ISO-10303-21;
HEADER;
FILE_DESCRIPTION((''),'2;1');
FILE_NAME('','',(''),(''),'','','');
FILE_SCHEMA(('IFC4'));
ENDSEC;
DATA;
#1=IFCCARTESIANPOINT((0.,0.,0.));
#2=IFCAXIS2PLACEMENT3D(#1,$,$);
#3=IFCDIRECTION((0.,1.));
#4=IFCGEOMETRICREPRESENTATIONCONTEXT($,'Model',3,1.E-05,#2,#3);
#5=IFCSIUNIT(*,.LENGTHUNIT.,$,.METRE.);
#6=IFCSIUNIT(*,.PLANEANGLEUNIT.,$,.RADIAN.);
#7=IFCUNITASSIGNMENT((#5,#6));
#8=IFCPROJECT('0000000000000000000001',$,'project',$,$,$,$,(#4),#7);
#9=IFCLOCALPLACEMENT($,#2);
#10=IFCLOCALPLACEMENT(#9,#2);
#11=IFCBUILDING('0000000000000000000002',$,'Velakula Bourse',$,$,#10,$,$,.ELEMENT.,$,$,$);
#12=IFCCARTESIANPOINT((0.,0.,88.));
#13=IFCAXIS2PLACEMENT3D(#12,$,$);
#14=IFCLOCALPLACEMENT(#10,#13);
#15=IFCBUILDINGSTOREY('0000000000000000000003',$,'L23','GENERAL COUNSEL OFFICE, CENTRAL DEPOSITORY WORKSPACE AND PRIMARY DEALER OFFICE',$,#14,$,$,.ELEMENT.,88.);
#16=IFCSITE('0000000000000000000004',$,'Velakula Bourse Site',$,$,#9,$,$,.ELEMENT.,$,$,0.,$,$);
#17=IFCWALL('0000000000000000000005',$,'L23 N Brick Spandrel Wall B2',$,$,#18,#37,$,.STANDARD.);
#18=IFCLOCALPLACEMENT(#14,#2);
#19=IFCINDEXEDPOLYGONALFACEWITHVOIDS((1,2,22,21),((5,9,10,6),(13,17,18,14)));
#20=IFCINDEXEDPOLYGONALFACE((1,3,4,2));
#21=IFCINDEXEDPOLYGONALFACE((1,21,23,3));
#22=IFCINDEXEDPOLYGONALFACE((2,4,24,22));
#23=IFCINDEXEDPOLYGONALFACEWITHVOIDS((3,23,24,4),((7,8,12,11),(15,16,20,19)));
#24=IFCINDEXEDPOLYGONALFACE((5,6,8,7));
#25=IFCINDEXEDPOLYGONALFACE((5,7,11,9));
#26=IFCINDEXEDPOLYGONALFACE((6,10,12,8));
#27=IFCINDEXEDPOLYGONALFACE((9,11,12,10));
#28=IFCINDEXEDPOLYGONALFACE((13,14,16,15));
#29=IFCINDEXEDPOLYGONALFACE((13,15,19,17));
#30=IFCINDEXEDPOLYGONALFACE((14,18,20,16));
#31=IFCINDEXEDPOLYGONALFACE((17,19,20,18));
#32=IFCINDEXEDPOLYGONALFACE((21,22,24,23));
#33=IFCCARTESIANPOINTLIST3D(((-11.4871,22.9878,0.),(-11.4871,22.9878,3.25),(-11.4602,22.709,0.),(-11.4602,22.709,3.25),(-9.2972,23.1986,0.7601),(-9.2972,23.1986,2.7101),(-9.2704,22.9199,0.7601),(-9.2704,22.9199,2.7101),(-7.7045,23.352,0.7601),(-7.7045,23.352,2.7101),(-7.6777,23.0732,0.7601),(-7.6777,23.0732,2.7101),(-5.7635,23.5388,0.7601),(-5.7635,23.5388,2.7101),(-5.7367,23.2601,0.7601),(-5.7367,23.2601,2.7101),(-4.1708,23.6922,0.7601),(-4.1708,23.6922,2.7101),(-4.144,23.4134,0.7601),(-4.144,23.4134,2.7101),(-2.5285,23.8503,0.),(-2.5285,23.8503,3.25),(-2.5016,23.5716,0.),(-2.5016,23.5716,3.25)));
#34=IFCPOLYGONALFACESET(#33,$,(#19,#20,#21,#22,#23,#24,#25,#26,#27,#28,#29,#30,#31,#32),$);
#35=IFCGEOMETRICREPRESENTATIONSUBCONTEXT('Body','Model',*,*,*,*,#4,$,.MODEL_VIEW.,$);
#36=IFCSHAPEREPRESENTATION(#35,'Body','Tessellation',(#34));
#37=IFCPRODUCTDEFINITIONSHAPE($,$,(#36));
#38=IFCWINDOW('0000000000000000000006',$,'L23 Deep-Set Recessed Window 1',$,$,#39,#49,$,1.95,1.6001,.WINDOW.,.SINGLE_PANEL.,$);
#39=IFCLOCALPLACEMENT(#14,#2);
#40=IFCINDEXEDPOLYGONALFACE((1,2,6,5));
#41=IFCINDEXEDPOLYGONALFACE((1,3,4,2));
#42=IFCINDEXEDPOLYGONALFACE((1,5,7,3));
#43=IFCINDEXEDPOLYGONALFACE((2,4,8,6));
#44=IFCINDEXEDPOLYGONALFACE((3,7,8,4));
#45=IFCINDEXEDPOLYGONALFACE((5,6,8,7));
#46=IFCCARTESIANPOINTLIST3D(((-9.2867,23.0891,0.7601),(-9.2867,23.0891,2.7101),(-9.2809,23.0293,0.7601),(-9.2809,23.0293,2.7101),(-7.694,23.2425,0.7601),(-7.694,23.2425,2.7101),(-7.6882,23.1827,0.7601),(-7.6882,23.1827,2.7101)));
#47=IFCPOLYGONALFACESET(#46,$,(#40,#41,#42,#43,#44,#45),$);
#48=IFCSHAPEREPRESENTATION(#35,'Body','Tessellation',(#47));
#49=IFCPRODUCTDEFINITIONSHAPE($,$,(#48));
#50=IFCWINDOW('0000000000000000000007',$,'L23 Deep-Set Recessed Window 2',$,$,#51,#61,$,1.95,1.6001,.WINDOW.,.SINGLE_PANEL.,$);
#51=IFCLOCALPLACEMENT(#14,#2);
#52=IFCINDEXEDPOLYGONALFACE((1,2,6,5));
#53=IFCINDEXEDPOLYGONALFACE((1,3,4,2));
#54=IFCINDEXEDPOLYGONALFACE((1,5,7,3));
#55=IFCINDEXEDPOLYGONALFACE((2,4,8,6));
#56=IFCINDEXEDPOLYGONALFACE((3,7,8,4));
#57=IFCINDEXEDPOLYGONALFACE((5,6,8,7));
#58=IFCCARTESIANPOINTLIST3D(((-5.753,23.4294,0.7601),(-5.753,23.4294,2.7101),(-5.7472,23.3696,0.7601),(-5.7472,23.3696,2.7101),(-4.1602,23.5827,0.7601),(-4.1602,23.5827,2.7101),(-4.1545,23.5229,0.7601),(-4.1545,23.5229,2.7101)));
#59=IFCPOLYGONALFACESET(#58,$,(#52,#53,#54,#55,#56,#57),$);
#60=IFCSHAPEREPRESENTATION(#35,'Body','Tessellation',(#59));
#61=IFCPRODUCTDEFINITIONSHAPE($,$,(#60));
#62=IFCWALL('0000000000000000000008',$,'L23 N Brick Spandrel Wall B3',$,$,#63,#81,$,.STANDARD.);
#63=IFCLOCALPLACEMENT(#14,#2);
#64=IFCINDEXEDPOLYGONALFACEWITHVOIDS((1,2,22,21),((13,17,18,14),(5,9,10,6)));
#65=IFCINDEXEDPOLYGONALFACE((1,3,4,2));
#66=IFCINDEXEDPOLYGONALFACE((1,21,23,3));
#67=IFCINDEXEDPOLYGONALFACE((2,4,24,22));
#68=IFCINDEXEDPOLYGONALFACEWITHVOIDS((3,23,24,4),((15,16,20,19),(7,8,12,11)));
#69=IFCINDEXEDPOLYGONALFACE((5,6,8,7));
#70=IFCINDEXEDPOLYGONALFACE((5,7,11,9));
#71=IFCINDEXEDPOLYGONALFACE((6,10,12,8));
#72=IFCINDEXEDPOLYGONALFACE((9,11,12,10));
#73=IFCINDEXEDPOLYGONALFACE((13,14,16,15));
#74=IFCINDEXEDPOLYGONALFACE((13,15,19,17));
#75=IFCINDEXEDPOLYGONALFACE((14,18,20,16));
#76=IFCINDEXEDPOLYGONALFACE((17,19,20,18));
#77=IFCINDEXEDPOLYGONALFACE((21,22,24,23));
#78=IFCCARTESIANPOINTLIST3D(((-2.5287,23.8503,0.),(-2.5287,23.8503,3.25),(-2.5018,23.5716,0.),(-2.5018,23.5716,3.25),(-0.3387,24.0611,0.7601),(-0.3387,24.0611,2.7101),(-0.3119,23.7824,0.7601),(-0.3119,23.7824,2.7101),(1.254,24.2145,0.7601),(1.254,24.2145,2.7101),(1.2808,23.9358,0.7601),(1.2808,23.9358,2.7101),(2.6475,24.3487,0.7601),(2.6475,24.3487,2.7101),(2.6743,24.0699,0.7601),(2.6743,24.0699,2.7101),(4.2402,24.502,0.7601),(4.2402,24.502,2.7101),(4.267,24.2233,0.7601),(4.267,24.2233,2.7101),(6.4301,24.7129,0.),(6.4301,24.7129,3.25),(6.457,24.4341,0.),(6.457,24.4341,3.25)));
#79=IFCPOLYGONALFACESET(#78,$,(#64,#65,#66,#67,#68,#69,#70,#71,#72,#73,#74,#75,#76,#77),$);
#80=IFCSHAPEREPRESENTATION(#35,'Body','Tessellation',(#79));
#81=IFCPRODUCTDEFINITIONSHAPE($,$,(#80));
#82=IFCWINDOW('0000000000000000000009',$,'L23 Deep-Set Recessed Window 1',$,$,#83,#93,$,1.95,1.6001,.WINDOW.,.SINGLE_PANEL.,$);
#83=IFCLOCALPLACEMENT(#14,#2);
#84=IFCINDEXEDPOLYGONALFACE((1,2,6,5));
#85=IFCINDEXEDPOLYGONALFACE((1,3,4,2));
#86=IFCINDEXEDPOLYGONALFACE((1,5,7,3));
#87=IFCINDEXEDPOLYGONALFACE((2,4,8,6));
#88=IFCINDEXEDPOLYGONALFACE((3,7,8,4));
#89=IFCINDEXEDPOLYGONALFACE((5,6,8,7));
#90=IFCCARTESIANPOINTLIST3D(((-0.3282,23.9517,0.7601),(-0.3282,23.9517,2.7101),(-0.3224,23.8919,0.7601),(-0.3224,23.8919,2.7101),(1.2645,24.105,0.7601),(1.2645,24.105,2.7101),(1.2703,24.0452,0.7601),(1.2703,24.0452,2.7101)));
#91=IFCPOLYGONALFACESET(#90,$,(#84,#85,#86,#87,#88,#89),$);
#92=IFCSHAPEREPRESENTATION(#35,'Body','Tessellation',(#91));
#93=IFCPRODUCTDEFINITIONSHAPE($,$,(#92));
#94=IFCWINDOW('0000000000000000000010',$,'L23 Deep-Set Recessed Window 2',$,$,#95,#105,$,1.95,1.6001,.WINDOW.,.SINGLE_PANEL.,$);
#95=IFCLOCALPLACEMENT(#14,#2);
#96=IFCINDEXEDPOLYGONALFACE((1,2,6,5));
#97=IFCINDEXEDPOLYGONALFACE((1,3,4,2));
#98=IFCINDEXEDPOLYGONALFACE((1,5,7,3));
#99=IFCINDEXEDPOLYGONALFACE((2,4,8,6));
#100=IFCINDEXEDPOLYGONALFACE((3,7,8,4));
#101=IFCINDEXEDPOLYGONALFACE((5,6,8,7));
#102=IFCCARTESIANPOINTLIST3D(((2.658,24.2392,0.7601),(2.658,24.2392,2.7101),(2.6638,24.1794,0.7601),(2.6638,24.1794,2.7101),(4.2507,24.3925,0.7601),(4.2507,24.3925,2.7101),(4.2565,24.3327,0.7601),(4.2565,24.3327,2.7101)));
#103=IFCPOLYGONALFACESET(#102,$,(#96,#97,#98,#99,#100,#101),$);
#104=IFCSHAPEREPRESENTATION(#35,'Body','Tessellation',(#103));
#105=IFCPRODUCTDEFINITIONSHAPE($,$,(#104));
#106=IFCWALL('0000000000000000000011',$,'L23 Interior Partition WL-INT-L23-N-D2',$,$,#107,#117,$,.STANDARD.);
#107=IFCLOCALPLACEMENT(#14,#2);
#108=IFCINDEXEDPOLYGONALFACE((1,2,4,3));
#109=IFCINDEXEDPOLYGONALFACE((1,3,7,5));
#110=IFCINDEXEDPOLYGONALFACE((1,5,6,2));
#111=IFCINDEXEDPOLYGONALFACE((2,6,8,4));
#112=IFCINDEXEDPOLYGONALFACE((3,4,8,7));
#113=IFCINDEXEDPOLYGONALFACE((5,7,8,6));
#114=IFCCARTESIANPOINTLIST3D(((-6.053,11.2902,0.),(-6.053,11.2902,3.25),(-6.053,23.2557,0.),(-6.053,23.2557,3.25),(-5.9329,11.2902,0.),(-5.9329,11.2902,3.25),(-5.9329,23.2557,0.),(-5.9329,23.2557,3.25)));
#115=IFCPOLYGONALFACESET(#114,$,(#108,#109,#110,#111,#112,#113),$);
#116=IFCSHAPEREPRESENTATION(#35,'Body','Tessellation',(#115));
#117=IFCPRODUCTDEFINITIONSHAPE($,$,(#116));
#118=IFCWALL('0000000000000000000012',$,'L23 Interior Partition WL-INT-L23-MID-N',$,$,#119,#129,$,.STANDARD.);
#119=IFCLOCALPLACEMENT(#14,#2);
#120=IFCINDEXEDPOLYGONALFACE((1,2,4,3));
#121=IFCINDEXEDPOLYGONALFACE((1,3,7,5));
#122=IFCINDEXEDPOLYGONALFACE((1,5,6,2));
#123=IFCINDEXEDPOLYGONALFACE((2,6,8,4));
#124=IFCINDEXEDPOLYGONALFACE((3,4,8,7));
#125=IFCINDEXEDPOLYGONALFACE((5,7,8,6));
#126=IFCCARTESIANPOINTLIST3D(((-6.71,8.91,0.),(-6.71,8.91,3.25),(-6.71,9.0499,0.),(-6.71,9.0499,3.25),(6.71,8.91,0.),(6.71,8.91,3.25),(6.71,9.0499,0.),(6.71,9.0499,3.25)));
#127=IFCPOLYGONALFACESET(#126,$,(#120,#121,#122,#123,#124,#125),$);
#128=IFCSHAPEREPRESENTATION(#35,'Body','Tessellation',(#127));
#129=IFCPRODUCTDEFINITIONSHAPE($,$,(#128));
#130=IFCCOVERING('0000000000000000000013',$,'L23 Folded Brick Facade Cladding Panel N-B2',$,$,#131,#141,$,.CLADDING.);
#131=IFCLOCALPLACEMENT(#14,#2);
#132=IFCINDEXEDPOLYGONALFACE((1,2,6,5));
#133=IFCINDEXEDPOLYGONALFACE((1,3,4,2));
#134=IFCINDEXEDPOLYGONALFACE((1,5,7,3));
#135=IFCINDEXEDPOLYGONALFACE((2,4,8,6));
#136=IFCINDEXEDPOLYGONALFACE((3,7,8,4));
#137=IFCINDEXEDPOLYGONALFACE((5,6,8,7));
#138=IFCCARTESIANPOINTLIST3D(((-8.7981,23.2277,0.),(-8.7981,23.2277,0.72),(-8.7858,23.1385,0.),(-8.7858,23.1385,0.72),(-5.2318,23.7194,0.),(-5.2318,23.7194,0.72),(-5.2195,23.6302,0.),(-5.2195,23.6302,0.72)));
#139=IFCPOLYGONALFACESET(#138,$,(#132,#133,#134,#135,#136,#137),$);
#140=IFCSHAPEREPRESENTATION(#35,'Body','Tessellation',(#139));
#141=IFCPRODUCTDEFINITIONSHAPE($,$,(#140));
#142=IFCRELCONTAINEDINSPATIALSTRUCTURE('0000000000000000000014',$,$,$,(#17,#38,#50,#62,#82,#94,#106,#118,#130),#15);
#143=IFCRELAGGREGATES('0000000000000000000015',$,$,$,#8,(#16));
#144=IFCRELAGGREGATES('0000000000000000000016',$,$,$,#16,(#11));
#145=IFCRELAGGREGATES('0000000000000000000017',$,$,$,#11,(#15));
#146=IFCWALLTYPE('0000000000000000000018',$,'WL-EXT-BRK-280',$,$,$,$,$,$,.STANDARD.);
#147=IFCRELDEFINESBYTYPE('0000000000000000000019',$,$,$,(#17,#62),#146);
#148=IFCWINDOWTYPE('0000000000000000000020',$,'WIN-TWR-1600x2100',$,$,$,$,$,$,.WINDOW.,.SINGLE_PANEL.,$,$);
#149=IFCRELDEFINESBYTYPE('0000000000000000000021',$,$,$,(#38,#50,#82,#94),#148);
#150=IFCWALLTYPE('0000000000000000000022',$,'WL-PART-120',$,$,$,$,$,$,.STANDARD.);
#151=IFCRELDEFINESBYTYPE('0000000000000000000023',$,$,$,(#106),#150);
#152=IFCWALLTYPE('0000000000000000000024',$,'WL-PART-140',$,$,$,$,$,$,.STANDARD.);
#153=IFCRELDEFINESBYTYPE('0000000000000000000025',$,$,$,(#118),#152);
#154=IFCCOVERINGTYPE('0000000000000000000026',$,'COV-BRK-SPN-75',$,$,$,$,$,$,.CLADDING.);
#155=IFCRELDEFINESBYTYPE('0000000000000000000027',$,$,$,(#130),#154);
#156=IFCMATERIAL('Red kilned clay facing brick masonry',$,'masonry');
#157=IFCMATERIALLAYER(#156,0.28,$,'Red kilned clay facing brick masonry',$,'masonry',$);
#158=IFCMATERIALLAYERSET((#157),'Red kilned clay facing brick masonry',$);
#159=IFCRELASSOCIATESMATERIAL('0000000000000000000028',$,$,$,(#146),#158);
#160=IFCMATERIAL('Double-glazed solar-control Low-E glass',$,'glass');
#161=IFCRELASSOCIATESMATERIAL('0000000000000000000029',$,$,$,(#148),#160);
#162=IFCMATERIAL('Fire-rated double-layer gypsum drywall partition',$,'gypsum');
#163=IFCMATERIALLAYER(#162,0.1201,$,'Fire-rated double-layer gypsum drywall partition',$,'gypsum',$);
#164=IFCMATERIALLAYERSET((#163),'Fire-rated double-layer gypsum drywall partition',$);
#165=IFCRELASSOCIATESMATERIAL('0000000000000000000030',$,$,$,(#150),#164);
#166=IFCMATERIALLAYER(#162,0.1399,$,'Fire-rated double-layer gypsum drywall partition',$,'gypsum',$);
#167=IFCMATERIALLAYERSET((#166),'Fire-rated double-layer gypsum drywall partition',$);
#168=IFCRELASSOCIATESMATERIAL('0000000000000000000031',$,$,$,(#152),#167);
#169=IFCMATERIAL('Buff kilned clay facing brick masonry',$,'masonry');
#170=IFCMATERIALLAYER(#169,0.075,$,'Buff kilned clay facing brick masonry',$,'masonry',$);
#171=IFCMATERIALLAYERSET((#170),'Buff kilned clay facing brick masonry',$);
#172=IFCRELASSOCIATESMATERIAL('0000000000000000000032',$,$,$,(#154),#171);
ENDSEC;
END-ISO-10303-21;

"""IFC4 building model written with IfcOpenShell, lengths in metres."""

from ifc_helpers import new_model, si_unit, direction, frame, frame_2d, origin, origin_2d, place, context, subcontext, project, spatial, rectangle, extrude, material, layer, layer_set, type_object, element, fill, save


model = new_model("IFC4")

# Units and contexts
model_context = context("Model", 3, precision=1e-05, world=origin(), true_north=direction((0.0, 1.0)))
body_context = subcontext(model_context, "Body", "Model", "MODEL_VIEW")
ifc_project = project(units=[si_unit("LENGTHUNIT", "METRE"), si_unit("PLANEANGLEUNIT", "RADIAN")], contexts=[model_context])

# Site, building, storey
site_placement = place(None, origin())
site = spatial("IfcSite", under=ifc_project, at=site_placement, Name="Velakula Bourse Site", CompositionType="ELEMENT", RefElevation=0.0)
building_placement = place(site_placement, origin())
building = spatial("IfcBuilding", under=site, at=building_placement, Name="Velakula Bourse", CompositionType="ELEMENT")
storey_placement = place(building_placement, frame((0.0, 0.0, 88.0)))
storey = spatial("IfcBuildingStorey", under=building, at=storey_placement, Name="L23", Description="GENERAL COUNSEL OFFICE, CENTRAL DEPOSITORY WORKSPACE AND PRIMARY DEALER OFFICE", CompositionType="ELEMENT", Elevation=88.0)

# Walls, openings, windows
ifc_material_1 = material(Name="Red kilned clay facing brick masonry", Category="masonry")
ifc_layer_1 = layer(ifc_material_1, 0.28, Name="Red kilned clay facing brick masonry", Category="masonry")
ifc_layer_set_1 = layer_set([ifc_layer_1], Name="Red kilned clay facing brick masonry")
wall_type_1 = type_object("IfcWallType", Name="WL-EXT-BRK-280", PredefinedType="STANDARD", material=ifc_layer_set_1)
wall_1_placement = place(storey_placement, frame((-11.4736, 22.8484, 0.0), z_axis=(0.0, 0.0, 1.0), x_axis=(0.995397, 0.09584, 0.0)))
wall_1 = element("IfcWall", 1, at=wall_1_placement, inside=storey, type_object=wall_type_1, Name="L23 N Brick Spandrel Wall B2", PredefinedType="STANDARD", context=body_context, shape_type="SweptSolid", body=[
    extrude(rectangle(XDim=9.0, YDim=0.28, at=frame_2d((4.5, 0.0))), origin(), (0.0, 0.0, 1.0), 3.25),
])
opening_1_placement = place(wall_1_placement, frame((2.2, 0.0, 0.76)))
opening_1 = element("IfcOpeningElement", 2, at=opening_1_placement, cuts=wall_1, PredefinedType="OPENING", context=body_context, shape_type="SweptSolid", body=[
    extrude(rectangle(XDim=1.6001, YDim=1.95, at=frame_2d((0.8, 0.9751))), frame((0.0, 0.1499, 0.0), z_axis=(0.0, -1.0, 0.0), x_axis=(1.0, 0.0, 0.0)), (0.0, 0.0, 1.0), 0.3),
])
opening_2_placement = place(wall_1_placement, frame((5.75, 0.0, 0.76)))
opening_2 = element("IfcOpeningElement", 3, at=opening_2_placement, cuts=wall_1, PredefinedType="OPENING", context=body_context, shape_type="SweptSolid", body=[
    extrude(rectangle(XDim=1.6001, YDim=1.95, at=frame_2d((0.8, 0.9751))), frame((0.0, 0.1499, 0.0), z_axis=(0.0, -1.0, 0.0), x_axis=(1.0, 0.0, 0.0)), (0.0, 0.0, 1.0), 0.3),
])
ifc_material_2 = material(Name="Double-glazed solar-control Low-E glass", Category="glass")
window_type = type_object("IfcWindowType", Name="WIN-TWR-1600x2100", PartitioningType="SINGLE_PANEL", PredefinedType="WINDOW", material=ifc_material_2)
window_1_placement = place(opening_1_placement, origin())
window_1 = element("IfcWindow", 4, at=window_1_placement, inside=storey, type_object=window_type, Name="L23 Deep-Set Recessed Window 1", OverallHeight=1.95, OverallWidth=1.6001, PartitioningType="SINGLE_PANEL", PredefinedType="WINDOW", context=body_context, shape_type="SweptSolid", body=[
    extrude(rectangle(XDim=1.6001, YDim=1.95, at=frame_2d((0.8, 0.9751))), frame((0.0, 0.03, 0.0), z_axis=(0.0, -1.0, 0.0), x_axis=(1.0, 0.0, 0.0)), (0.0, 0.0, 1.0), 0.0601),
])
fill(opening_1, window_1)
window_2_placement = place(opening_2_placement, origin())
window_2 = element("IfcWindow", 5, at=window_2_placement, inside=storey, type_object=window_type, Name="L23 Deep-Set Recessed Window 2", OverallHeight=1.95, OverallWidth=1.6001, PartitioningType="SINGLE_PANEL", PredefinedType="WINDOW", context=body_context, shape_type="SweptSolid", body=[
    extrude(rectangle(XDim=1.6001, YDim=1.95, at=frame_2d((0.8, 0.9751))), frame((0.0, 0.03, 0.0), z_axis=(0.0, -1.0, 0.0), x_axis=(1.0, 0.0, 0.0)), (0.0, 0.0, 1.0), 0.0601),
])
fill(opening_2, window_2)
wall_2_placement = place(storey_placement, frame((-2.5151, 23.7109, 0.0), z_axis=(0.0, 0.0, 1.0), x_axis=(0.995397, 0.095837, 0.0)))
wall_2 = element("IfcWall", 6, at=wall_2_placement, inside=storey, type_object=wall_type_1, Name="L23 N Brick Spandrel Wall B3", PredefinedType="STANDARD", context=body_context, shape_type="SweptSolid", body=[
    extrude(rectangle(XDim=9.0002, YDim=0.28, at=frame_2d((4.5, 0.0))), origin(), (0.0, 0.0, 1.0), 3.25),
])
opening_3_placement = place(wall_2_placement, frame((2.2, 0.0, 0.76)))
opening_3 = element("IfcOpeningElement", 7, at=opening_3_placement, cuts=wall_2, PredefinedType="OPENING", context=body_context, shape_type="SweptSolid", body=[
    extrude(rectangle(XDim=1.6001, YDim=1.95, at=frame_2d((0.8, 0.9751))), frame((0.0, 0.1499, 0.0), z_axis=(0.0, -1.0, 0.0), x_axis=(1.0, 0.0, 0.0)), (0.0, 0.0, 1.0), 0.3),
])
opening_4_placement = place(wall_2_placement, frame((5.2, 0.0, 0.76)))
opening_4 = element("IfcOpeningElement", 8, at=opening_4_placement, cuts=wall_2, PredefinedType="OPENING", context=body_context, shape_type="SweptSolid", body=[
    extrude(rectangle(XDim=1.6001, YDim=1.95, at=frame_2d((0.8, 0.9751))), frame((0.0, 0.1499, 0.0), z_axis=(0.0, -1.0, 0.0), x_axis=(1.0, 0.0, 0.0)), (0.0, 0.0, 1.0), 0.3),
])
window_3_placement = place(opening_3_placement, origin())
window_3 = element("IfcWindow", 9, at=window_3_placement, inside=storey, type_object=window_type, Name="L23 Deep-Set Recessed Window 1", OverallHeight=1.95, OverallWidth=1.6001, PartitioningType="SINGLE_PANEL", PredefinedType="WINDOW", context=body_context, shape_type="SweptSolid", body=[
    extrude(rectangle(XDim=1.6001, YDim=1.95, at=frame_2d((0.8, 0.9751))), frame((0.0, 0.03, 0.0), z_axis=(0.0, -1.0, 0.0), x_axis=(1.0, 0.0, 0.0)), (0.0, 0.0, 1.0), 0.0601),
])
fill(opening_3, window_3)
window_4_placement = place(opening_4_placement, origin())
window_4 = element("IfcWindow", 10, at=window_4_placement, inside=storey, type_object=window_type, Name="L23 Deep-Set Recessed Window 2", OverallHeight=1.95, OverallWidth=1.6001, PartitioningType="SINGLE_PANEL", PredefinedType="WINDOW", context=body_context, shape_type="SweptSolid", body=[
    extrude(rectangle(XDim=1.6001, YDim=1.95, at=frame_2d((0.8, 0.9751))), frame((0.0, 0.03, 0.0), z_axis=(0.0, -1.0, 0.0), x_axis=(1.0, 0.0, 0.0)), (0.0, 0.0, 1.0), 0.0601),
])
fill(opening_4, window_4)

# Walls
ifc_material_3 = material(Name="Fire-rated double-layer gypsum drywall partition", Category="gypsum")
ifc_layer_2 = layer(ifc_material_3, 0.1201, Name="Fire-rated double-layer gypsum drywall partition", Category="gypsum")
ifc_layer_set_2 = layer_set([ifc_layer_2], Name="Fire-rated double-layer gypsum drywall partition")
wall_type_2 = type_object("IfcWallType", Name="WL-PART-120", PredefinedType="STANDARD", material=ifc_layer_set_2)
wall_3_placement = place(storey_placement, frame((-5.9929, 11.29, 0.0), z_axis=(0.0, 0.0, 1.0), x_axis=(0.0, 1.0, 0.0)))
element("IfcWall", 11, at=wall_3_placement, inside=storey, type_object=wall_type_2, Name="L23 Interior Partition WL-INT-L23-N-D2", PredefinedType="STANDARD", context=body_context, shape_type="SweptSolid", body=[
    extrude(rectangle(XDim=11.9656, YDim=0.1201, at=frame_2d((5.9829, 0.0))), origin(), (0.0, 0.0, 1.0), 3.25),
])
ifc_layer_3 = layer(ifc_material_3, 0.1399, Name="Fire-rated double-layer gypsum drywall partition", Category="gypsum")
ifc_layer_set_3 = layer_set([ifc_layer_3], Name="Fire-rated double-layer gypsum drywall partition")
wall_type_3 = type_object("IfcWallType", Name="WL-PART-140", PredefinedType="STANDARD", material=ifc_layer_set_3)
wall_4_placement = place(storey_placement, frame((-6.71, 8.98, 0.0), z_axis=(0.0, 0.0, 1.0), x_axis=(1.0, 0.0, 0.0)))
element("IfcWall", 12, at=wall_4_placement, inside=storey, type_object=wall_type_3, Name="L23 Interior Partition WL-INT-L23-MID-N", PredefinedType="STANDARD", context=body_context, shape_type="SweptSolid", body=[
    extrude(rectangle(XDim=13.4199, YDim=0.1399, at=frame_2d((6.71, 0.0))), origin(), (0.0, 0.0, 1.0), 3.25),
])

# Covering
ifc_material_4 = material(Name="Buff kilned clay facing brick masonry", Category="masonry")
ifc_layer_4 = layer(ifc_material_4, 0.075, Name="Buff kilned clay facing brick masonry", Category="masonry")
ifc_layer_set_4 = layer_set([ifc_layer_4], Name="Buff kilned clay facing brick masonry")
covering_type = type_object("IfcCoveringType", Name="COV-BRK-SPN-75", PredefinedType="CLADDING", material=ifc_layer_set_4)
covering_placement = place(storey_placement, frame((-7.0088, 23.429, 0.0), z_axis=(0.0, 0.0, 1.0), x_axis=(0.990629, 0.13658, 0.0)))
element("IfcCovering", 13, at=covering_placement, inside=storey, type_object=covering_type, Name="L23 Folded Brick Facade Cladding Panel N-B2", PredefinedType="CLADDING", context=body_context, shape_type="SweptSolid", body=[
    extrude(rectangle(XDim=3.6001, YDim=0.0901, at=origin_2d()), origin(), (0.0, 0.0, 1.0), 0.72),
])

save(model, "model.ifc")
